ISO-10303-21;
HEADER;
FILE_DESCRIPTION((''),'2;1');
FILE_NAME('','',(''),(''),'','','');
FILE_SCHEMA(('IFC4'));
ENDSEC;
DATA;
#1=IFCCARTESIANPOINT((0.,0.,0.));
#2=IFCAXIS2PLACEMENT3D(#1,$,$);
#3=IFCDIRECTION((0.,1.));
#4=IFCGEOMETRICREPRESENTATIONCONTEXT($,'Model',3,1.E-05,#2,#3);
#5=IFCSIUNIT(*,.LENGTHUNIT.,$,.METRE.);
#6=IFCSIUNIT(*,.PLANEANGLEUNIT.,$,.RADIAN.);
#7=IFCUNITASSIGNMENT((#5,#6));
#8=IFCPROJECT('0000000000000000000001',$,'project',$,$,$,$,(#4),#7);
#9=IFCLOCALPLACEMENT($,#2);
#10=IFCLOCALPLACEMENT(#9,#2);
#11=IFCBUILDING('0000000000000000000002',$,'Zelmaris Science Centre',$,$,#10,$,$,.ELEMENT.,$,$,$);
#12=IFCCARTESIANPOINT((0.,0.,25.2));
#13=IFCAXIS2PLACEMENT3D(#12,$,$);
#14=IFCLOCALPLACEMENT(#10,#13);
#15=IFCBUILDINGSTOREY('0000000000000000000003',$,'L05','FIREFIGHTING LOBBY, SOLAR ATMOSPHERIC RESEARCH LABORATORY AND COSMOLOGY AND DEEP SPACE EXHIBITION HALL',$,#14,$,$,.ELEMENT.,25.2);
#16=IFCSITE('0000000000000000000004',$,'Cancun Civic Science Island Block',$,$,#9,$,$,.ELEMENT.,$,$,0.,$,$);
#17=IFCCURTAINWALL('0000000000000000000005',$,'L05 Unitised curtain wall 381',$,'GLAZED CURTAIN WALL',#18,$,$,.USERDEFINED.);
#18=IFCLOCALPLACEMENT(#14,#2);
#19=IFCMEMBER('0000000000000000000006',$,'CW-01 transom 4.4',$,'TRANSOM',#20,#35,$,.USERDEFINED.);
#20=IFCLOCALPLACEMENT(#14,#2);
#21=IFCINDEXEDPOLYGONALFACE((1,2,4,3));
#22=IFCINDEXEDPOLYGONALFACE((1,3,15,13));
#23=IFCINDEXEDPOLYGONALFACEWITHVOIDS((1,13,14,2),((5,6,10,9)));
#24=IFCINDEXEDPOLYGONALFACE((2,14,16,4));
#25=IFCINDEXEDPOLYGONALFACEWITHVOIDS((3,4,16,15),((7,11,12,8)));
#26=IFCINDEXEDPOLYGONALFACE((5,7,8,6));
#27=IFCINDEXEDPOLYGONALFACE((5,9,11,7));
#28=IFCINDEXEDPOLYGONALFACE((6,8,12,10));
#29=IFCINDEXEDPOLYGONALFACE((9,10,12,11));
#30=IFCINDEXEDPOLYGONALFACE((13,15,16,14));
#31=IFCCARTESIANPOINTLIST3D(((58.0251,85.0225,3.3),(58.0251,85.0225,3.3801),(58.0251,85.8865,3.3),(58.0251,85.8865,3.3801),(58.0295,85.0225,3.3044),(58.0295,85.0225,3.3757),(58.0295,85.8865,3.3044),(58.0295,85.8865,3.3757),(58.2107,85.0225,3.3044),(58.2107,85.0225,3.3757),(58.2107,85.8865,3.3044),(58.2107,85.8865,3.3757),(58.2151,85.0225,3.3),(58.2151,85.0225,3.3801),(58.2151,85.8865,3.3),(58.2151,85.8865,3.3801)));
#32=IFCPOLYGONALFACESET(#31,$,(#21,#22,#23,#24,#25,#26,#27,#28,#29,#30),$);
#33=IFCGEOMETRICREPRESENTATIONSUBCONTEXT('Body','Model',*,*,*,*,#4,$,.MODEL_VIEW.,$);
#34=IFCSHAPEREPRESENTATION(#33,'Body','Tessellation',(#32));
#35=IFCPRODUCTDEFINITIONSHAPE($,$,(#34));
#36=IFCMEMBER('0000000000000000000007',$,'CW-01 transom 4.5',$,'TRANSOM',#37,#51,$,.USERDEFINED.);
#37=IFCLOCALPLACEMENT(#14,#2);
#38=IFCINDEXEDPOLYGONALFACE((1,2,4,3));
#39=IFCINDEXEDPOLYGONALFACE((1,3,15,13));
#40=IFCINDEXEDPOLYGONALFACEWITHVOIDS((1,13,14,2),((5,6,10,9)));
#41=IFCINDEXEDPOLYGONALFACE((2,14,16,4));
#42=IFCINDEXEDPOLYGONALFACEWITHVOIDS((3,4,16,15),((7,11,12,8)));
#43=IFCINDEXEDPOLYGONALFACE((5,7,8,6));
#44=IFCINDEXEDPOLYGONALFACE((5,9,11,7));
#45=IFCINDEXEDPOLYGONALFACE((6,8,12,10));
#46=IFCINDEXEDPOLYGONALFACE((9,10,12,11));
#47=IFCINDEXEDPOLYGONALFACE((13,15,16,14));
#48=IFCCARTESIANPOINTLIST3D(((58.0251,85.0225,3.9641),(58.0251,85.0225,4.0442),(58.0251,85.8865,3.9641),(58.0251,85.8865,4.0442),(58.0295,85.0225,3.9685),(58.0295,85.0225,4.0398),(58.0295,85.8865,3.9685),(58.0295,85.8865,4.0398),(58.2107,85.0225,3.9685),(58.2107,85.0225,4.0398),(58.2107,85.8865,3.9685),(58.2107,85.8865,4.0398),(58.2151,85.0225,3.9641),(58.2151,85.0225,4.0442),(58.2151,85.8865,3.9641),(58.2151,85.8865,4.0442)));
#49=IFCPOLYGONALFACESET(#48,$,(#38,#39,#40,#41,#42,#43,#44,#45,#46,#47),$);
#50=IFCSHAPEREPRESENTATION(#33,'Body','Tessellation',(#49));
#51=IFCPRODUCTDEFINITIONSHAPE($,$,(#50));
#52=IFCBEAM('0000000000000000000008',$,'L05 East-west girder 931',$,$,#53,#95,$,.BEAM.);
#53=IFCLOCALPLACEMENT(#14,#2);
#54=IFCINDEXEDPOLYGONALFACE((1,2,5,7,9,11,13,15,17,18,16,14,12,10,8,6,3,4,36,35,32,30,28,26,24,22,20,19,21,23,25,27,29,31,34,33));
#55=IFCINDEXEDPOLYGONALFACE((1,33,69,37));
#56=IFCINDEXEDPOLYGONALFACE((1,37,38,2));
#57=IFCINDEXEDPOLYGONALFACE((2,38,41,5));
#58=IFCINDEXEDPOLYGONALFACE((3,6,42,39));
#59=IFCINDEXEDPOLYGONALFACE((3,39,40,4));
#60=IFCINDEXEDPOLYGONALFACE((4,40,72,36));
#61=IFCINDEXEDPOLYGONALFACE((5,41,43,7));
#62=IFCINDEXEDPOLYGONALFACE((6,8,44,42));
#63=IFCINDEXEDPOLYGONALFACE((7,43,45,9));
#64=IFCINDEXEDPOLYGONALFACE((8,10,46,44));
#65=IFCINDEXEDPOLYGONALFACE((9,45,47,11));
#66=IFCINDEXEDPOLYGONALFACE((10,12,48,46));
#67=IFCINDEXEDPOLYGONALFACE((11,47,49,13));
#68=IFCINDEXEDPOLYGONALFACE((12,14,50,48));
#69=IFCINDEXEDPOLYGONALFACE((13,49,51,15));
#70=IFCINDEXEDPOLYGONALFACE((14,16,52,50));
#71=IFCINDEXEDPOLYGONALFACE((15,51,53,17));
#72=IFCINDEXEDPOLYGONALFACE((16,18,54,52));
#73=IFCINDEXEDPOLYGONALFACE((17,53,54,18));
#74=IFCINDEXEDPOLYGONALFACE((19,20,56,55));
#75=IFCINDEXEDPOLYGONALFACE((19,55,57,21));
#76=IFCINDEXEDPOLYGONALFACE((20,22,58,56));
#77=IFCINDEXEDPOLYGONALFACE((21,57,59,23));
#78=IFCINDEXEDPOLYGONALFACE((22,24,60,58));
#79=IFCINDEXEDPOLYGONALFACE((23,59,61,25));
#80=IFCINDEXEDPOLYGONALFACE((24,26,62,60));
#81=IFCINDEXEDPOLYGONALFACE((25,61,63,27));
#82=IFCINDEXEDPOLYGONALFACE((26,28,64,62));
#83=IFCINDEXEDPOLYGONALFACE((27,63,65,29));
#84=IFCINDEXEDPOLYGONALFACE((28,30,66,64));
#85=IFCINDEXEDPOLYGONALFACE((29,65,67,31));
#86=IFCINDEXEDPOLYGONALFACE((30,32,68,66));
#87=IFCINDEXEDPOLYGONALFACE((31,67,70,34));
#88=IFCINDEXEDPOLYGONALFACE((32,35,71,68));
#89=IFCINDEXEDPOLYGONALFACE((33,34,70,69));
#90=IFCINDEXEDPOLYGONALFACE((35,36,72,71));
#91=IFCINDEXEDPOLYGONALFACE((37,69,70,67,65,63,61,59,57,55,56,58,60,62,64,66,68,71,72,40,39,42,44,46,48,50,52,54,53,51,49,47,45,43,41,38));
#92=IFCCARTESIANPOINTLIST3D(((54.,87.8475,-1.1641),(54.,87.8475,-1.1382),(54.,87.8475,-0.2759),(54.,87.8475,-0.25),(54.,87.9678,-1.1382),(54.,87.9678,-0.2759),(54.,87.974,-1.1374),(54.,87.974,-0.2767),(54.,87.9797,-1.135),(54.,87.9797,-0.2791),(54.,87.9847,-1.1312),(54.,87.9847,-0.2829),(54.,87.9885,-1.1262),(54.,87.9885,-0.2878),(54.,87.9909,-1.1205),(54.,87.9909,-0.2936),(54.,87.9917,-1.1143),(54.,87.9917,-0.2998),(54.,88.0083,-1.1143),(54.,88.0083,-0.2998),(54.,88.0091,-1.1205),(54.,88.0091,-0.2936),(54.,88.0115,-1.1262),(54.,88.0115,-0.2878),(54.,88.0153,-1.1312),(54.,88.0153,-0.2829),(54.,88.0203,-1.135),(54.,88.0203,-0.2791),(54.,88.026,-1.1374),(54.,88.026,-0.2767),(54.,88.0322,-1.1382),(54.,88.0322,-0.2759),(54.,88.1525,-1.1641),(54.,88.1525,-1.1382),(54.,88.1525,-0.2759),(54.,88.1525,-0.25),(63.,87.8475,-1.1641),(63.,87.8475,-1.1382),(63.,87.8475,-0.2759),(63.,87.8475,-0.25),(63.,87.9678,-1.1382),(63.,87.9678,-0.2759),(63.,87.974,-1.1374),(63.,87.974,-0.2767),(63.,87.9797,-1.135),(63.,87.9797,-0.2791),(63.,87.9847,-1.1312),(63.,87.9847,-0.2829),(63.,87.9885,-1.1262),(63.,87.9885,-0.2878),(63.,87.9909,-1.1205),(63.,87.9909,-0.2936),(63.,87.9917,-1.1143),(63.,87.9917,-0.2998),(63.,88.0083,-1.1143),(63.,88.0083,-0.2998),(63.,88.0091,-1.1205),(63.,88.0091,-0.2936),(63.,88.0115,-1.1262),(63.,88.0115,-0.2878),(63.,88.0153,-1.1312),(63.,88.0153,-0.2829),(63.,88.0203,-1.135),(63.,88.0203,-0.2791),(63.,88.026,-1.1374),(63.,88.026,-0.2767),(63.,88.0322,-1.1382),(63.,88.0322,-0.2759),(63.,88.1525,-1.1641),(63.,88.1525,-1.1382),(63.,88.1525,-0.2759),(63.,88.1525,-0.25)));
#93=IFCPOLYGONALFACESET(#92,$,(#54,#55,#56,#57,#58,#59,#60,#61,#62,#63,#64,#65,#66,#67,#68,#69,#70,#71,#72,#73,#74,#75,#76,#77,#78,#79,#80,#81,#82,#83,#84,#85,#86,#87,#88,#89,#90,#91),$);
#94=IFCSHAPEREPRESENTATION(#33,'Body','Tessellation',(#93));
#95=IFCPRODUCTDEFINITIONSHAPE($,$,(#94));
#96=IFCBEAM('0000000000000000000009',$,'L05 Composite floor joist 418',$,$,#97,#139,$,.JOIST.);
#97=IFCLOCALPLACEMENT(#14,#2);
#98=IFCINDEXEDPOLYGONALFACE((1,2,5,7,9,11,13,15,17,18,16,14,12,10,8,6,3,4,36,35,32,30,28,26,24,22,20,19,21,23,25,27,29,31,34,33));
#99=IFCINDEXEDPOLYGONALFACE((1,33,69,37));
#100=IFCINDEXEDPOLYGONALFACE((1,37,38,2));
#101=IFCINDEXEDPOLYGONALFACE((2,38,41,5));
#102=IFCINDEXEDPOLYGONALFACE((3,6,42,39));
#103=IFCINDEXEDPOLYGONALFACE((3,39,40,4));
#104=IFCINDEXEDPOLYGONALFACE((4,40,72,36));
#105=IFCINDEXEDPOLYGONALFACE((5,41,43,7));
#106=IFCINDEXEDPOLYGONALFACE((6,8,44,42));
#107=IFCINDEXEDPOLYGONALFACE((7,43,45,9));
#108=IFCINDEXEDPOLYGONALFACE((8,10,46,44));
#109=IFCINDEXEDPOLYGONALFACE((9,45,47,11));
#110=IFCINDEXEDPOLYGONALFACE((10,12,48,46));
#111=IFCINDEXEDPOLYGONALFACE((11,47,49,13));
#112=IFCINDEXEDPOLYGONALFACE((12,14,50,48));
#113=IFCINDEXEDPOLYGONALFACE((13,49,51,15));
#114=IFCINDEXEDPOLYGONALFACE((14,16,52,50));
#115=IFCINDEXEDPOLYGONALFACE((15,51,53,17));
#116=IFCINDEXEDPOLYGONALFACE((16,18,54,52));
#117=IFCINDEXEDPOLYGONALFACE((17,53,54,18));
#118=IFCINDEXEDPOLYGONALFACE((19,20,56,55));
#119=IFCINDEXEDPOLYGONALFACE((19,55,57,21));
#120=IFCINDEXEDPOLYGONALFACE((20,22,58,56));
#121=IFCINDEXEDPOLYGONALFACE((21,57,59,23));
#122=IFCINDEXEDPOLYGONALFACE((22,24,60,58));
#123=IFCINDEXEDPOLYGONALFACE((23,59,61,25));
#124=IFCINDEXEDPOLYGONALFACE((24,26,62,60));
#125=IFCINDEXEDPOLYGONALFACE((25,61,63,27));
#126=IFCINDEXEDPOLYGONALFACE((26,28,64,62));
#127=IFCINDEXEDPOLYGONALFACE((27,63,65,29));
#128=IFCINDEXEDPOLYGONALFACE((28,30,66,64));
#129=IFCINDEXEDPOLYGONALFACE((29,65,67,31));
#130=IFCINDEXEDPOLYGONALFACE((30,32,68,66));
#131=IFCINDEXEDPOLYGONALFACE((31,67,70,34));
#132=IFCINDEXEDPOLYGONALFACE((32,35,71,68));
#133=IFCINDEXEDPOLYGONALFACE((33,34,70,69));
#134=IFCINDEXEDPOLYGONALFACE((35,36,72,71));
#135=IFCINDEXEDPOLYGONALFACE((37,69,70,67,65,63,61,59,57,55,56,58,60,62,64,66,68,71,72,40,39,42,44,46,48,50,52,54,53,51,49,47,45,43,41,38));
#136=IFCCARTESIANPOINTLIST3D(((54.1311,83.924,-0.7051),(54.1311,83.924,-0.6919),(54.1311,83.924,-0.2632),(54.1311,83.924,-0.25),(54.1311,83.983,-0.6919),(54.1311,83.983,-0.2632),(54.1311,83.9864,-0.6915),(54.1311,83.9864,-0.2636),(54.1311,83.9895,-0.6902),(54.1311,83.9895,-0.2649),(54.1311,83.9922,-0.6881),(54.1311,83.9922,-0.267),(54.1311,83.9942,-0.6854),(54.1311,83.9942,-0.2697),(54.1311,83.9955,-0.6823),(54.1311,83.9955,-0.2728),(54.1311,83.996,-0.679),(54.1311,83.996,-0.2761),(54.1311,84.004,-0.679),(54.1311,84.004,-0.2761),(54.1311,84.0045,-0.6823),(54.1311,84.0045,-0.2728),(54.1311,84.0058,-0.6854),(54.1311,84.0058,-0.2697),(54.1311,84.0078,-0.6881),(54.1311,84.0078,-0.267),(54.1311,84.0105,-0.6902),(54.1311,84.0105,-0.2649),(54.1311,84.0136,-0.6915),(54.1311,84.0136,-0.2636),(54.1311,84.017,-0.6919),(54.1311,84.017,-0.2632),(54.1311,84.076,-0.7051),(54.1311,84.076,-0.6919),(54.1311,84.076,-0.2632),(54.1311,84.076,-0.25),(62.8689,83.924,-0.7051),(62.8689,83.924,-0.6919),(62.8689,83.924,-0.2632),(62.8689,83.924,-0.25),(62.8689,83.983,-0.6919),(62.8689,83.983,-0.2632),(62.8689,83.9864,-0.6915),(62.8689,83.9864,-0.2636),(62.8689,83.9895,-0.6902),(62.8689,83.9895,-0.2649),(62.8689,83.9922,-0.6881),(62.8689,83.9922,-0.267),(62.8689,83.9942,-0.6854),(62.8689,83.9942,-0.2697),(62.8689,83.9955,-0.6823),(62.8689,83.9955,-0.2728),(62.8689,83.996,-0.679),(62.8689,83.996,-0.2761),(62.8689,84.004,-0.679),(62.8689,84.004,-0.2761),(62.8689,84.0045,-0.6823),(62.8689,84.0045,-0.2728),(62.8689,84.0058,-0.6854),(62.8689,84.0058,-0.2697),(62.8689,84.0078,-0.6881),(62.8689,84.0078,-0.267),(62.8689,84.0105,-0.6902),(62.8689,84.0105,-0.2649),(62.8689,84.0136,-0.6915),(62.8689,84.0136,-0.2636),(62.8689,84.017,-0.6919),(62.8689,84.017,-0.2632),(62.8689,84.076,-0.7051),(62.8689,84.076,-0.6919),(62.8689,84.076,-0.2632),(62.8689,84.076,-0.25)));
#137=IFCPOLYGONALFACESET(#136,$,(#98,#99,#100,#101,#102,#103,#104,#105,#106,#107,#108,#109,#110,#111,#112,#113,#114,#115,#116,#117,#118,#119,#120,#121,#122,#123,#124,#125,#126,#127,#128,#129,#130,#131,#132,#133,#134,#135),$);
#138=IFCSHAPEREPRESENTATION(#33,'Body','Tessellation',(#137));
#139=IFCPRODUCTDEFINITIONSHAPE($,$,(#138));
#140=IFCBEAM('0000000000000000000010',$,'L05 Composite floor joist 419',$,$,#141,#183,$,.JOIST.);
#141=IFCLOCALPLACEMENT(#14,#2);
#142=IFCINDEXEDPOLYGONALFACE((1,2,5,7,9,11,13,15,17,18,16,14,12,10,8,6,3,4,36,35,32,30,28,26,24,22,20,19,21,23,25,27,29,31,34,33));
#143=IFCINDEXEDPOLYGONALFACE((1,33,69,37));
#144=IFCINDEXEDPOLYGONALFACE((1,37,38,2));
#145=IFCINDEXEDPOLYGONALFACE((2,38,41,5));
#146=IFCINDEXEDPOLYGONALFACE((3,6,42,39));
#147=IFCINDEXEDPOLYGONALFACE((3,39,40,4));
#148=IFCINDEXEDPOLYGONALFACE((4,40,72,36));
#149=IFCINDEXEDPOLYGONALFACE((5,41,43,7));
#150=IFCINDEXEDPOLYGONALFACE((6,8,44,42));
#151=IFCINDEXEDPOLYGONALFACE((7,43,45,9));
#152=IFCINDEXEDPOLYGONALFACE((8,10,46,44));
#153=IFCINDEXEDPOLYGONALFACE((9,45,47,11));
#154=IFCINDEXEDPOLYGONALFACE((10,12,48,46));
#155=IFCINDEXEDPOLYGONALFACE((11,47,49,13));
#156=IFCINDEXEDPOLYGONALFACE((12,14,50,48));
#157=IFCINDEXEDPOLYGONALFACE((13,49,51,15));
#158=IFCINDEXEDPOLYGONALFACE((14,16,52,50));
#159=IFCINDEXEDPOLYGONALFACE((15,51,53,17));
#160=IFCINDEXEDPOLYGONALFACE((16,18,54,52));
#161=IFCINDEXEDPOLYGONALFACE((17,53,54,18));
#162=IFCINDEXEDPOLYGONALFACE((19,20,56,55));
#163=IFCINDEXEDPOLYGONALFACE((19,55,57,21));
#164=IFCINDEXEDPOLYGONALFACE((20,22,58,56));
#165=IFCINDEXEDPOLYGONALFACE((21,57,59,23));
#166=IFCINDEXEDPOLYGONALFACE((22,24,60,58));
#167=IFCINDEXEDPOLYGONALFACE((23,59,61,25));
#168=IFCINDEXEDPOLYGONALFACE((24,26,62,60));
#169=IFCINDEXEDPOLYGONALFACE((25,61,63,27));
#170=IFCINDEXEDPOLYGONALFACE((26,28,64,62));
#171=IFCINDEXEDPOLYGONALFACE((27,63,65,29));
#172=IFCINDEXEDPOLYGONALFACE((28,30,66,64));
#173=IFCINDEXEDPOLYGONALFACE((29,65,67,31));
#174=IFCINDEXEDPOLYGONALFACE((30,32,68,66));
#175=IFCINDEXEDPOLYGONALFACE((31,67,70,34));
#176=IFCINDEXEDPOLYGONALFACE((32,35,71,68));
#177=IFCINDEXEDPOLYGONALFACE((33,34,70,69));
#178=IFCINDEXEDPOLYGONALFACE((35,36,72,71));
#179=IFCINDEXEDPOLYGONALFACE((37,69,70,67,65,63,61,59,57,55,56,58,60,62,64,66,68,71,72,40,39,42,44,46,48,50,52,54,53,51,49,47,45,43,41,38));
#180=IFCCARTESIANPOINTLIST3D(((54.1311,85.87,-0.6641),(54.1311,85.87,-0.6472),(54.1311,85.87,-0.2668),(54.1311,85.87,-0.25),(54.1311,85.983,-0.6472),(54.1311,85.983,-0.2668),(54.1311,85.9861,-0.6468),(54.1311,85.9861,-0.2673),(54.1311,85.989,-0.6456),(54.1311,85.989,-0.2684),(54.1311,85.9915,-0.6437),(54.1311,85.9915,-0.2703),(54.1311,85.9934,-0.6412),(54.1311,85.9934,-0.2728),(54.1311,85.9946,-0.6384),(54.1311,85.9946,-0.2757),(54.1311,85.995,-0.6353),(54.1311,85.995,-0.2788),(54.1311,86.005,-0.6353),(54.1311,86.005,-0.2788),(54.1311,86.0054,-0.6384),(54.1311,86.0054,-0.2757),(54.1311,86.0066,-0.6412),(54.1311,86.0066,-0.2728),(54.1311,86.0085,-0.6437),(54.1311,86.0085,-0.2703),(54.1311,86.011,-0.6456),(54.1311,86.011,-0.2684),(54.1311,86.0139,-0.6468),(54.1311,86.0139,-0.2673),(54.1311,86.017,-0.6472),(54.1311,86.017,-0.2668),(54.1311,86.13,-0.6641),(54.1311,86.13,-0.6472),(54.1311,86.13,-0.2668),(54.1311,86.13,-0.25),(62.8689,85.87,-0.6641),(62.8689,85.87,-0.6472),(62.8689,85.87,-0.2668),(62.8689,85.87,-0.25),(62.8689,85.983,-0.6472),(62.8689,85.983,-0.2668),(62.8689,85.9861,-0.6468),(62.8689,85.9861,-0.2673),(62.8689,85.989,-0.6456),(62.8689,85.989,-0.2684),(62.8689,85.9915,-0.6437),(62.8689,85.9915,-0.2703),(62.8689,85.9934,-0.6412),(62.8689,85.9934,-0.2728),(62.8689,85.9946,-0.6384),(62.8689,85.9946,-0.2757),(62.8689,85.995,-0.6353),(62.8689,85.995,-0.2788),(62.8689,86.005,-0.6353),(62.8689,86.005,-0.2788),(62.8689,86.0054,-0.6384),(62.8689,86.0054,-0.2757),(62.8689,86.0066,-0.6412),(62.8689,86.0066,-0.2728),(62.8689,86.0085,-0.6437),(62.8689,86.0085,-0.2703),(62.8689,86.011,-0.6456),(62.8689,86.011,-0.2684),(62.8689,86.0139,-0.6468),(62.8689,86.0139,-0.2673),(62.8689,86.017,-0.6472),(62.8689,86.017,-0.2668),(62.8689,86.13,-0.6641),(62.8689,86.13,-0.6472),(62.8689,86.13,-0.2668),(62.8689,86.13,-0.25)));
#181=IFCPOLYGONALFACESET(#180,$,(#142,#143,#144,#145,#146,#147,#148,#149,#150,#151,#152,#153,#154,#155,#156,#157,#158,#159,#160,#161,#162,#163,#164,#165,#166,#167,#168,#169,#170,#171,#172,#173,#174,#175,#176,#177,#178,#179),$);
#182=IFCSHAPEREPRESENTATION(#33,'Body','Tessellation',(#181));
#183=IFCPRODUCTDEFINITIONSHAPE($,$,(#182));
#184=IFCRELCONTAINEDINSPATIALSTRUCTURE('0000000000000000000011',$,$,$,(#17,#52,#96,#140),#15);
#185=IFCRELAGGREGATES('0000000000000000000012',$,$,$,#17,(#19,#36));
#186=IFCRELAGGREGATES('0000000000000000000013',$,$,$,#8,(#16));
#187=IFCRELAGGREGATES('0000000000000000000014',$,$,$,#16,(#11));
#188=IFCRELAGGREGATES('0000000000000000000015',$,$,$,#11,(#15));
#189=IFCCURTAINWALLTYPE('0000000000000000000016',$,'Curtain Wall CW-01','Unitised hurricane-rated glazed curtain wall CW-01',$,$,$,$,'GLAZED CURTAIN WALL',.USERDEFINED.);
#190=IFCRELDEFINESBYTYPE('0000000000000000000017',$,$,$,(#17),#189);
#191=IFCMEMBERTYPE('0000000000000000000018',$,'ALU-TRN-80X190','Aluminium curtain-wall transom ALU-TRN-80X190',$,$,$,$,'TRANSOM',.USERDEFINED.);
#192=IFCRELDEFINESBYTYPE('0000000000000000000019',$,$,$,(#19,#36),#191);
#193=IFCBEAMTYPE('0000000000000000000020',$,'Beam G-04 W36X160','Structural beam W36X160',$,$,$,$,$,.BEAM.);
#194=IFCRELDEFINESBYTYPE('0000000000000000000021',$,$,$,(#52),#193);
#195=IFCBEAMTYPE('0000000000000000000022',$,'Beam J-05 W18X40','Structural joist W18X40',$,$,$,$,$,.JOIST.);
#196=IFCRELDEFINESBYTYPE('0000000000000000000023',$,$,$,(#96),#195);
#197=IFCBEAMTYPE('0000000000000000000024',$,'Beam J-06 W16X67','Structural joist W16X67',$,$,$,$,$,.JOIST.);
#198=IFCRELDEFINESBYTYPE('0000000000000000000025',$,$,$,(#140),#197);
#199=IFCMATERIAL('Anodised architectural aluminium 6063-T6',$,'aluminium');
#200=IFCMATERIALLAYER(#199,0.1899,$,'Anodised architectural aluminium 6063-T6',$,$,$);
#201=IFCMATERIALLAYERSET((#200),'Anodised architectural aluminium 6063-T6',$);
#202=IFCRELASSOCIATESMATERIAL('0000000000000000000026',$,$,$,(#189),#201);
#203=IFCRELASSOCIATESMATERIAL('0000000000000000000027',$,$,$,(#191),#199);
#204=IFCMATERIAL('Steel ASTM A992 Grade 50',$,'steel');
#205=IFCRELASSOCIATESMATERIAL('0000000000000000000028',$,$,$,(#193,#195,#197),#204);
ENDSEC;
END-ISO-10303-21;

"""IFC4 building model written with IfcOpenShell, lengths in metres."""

from ifc_helpers import new_model, si_unit, direction, frame, origin, origin_2d, place, context, subcontext, project, spatial, hollow_rectangle, i_section, extrude, material, layer, layer_set, material_profile, profile_set, type_object, element, aggregate, save


model = new_model("IFC4")

# Units and contexts
model_context = context("Model", 3, precision=1e-05, world=origin(), true_north=direction((0.0, 1.0)))
body_context = subcontext(model_context, "Body", "Model", "MODEL_VIEW")
ifc_project = project(units=[si_unit("LENGTHUNIT", "METRE"), si_unit("PLANEANGLEUNIT", "RADIAN")], contexts=[model_context])

# Site, building, storey
site_placement = place(None, origin())
site = spatial("IfcSite", under=ifc_project, at=site_placement, Name="Cancun Civic Science Island Block", CompositionType="ELEMENT", RefElevation=0.0)
building_placement = place(site_placement, origin())
building = spatial("IfcBuilding", under=site, at=building_placement, Name="Zelmaris Science Centre", CompositionType="ELEMENT")
storey_placement = place(building_placement, frame((0.0, 0.0, 25.2)))
storey = spatial("IfcBuildingStorey", under=building, at=storey_placement, Name="L05", Description="FIREFIGHTING LOBBY, SOLAR ATMOSPHERIC RESEARCH LABORATORY AND COSMOLOGY AND DEEP SPACE EXHIBITION HALL", CompositionType="ELEMENT", Elevation=25.2)

# Curtain wall, members
ifc_material_1 = material(Name="Anodised architectural aluminium 6063-T6", Category="aluminium")
ifc_layer_1 = layer(ifc_material_1, 0.1899, Name="Anodised architectural aluminium 6063-T6")
ifc_layer_set_1 = layer_set([ifc_layer_1], Name="Anodised architectural aluminium 6063-T6")
curtain_wall_type = type_object("IfcCurtainWallType", Name="Curtain Wall CW-01", Description="Unitised hurricane-rated glazed curtain wall CW-01", ElementType="GLAZED CURTAIN WALL", PredefinedType="USERDEFINED", material=ifc_layer_set_1)
curtain_wall_placement = place(storey_placement, origin())
curtain_wall = element("IfcCurtainWall", 1, at=curtain_wall_placement, inside=storey, type_object=curtain_wall_type, Name="L05 Unitised curtain wall 381", ObjectType="GLAZED CURTAIN WALL", PredefinedType="USERDEFINED")
ifc_material_profile_1 = material_profile(ifc_material_1, hollow_rectangle(XDim=0.0801, YDim=0.1899, WallThickness=0.0044, at=origin_2d()), Name="ALU-TRN-80X190")
ifc_profile_set_1 = profile_set([ifc_material_profile_1], Name="Anodised architectural aluminium 6063-T6")
member_type_1 = type_object("IfcMemberType", Name="ALU-TRN-80X190", Description="Aluminium curtain-wall transom ALU-TRN-80X190", ElementType="TRANSOM", PredefinedType="USERDEFINED", material=ifc_profile_set_1)
member_1_placement = place(storey_placement, frame((58.1201, 85.0225, 3.3401), z_axis=(0.0, 1.0, 0.0), x_axis=(0.0, 0.0, 1.0)))
member_1 = element("IfcMember", 2, at=member_1_placement, type_object=member_type_1, Name="CW-01 transom 4.4", ObjectType="TRANSOM", PredefinedType="USERDEFINED", context=body_context, shape_type="SweptSolid", body=[
    extrude(hollow_rectangle(XDim=0.0801, YDim=0.1899, WallThickness=0.0044, at=origin_2d()), origin(), (0.0, 0.0, 1.0), 0.864),
])
member_2_placement = place(storey_placement, frame((58.1201, 85.0225, 4.0042), z_axis=(0.0, 1.0, 0.0), x_axis=(0.0, 0.0, 1.0)))
member_2 = element("IfcMember", 3, at=member_2_placement, type_object=member_type_1, Name="CW-01 transom 4.5", ObjectType="TRANSOM", PredefinedType="USERDEFINED", context=body_context, shape_type="SweptSolid", body=[
    extrude(hollow_rectangle(XDim=0.0801, YDim=0.1899, WallThickness=0.0044, at=origin_2d()), origin(), (0.0, 0.0, 1.0), 0.864),
])

# Beams
ifc_material_2 = material(Name="Steel ASTM A992 Grade 50", Category="steel")
ifc_material_profile_2 = material_profile(ifc_material_2, i_section(OverallWidth=0.3049, OverallDepth=0.9141, WebThickness=0.0166, FlangeThickness=0.0259, FilletRadius=0.0239, at=origin_2d()), Name="W36X160")
ifc_profile_set_2 = profile_set([ifc_material_profile_2], Name="Steel ASTM A992 Grade 50")
beam_type_1 = type_object("IfcBeamType", Name="Beam G-04 W36X160", Description="Structural beam W36X160", PredefinedType="BEAM", material=ifc_profile_set_2)
beam_1_placement = place(storey_placement, frame((54.0, 88.0, -0.707), z_axis=(1.0, 0.0, 0.0), x_axis=(0.0, 1.0, 0.0)))
element("IfcBeam", 4, at=beam_1_placement, inside=storey, type_object=beam_type_1, Name="L05 East-west girder 931", PredefinedType="BEAM", context=body_context, shape_type="SweptSolid", body=[
    extrude(i_section(OverallWidth=0.3049, OverallDepth=0.9141, WebThickness=0.0166, FlangeThickness=0.0259, FilletRadius=0.0239, at=origin_2d()), origin(), (0.0, 0.0, 1.0), 9.0),
])
ifc_material_profile_3 = material_profile(ifc_material_2, i_section(OverallWidth=0.1521, OverallDepth=0.4551, WebThickness=0.0081, FlangeThickness=0.0132, FilletRadius=0.0129, at=origin_2d()), Name="W18X40")
ifc_profile_set_3 = profile_set([ifc_material_profile_3], Name="Steel ASTM A992 Grade 50")
beam_type_2 = type_object("IfcBeamType", Name="Beam J-05 W18X40", Description="Structural joist W18X40", PredefinedType="JOIST", material=ifc_profile_set_3)
beam_2_placement = place(storey_placement, frame((54.1311, 84.0, -0.4775), z_axis=(1.0, 0.0, 0.0), x_axis=(0.0, 1.0, 0.0)))
element("IfcBeam", 5, at=beam_2_placement, inside=storey, type_object=beam_type_2, Name="L05 Composite floor joist 418", PredefinedType="JOIST", context=body_context, shape_type="SweptSolid", body=[
    extrude(i_section(OverallWidth=0.1521, OverallDepth=0.4551, WebThickness=0.0081, FlangeThickness=0.0132, FilletRadius=0.0129, at=origin_2d()), origin(), (0.0, 0.0, 1.0), 8.7378),
])
ifc_material_profile_4 = material_profile(ifc_material_2, i_section(OverallWidth=0.26, OverallDepth=0.4141, WebThickness=0.01, FlangeThickness=0.0168, FilletRadius=0.012, at=origin_2d()), Name="W16X67")
ifc_profile_set_4 = profile_set([ifc_material_profile_4], Name="Steel ASTM A992 Grade 50")
beam_type_3 = type_object("IfcBeamType", Name="Beam J-06 W16X67", Description="Structural joist W16X67", PredefinedType="JOIST", material=ifc_profile_set_4)
beam_3_placement = place(storey_placement, frame((54.1311, 86.0, -0.457), z_axis=(1.0, 0.0, 0.0), x_axis=(0.0, 1.0, 0.0)))
element("IfcBeam", 6, at=beam_3_placement, inside=storey, type_object=beam_type_3, Name="L05 Composite floor joist 419", PredefinedType="JOIST", context=body_context, shape_type="SweptSolid", body=[
    extrude(i_section(OverallWidth=0.26, OverallDepth=0.4141, WebThickness=0.01, FlangeThickness=0.0168, FilletRadius=0.012, at=origin_2d()), origin(), (0.0, 0.0, 1.0), 8.7378),
])

aggregate(curtain_wall, [member_1, member_2])

save(model, "model.ifc")
